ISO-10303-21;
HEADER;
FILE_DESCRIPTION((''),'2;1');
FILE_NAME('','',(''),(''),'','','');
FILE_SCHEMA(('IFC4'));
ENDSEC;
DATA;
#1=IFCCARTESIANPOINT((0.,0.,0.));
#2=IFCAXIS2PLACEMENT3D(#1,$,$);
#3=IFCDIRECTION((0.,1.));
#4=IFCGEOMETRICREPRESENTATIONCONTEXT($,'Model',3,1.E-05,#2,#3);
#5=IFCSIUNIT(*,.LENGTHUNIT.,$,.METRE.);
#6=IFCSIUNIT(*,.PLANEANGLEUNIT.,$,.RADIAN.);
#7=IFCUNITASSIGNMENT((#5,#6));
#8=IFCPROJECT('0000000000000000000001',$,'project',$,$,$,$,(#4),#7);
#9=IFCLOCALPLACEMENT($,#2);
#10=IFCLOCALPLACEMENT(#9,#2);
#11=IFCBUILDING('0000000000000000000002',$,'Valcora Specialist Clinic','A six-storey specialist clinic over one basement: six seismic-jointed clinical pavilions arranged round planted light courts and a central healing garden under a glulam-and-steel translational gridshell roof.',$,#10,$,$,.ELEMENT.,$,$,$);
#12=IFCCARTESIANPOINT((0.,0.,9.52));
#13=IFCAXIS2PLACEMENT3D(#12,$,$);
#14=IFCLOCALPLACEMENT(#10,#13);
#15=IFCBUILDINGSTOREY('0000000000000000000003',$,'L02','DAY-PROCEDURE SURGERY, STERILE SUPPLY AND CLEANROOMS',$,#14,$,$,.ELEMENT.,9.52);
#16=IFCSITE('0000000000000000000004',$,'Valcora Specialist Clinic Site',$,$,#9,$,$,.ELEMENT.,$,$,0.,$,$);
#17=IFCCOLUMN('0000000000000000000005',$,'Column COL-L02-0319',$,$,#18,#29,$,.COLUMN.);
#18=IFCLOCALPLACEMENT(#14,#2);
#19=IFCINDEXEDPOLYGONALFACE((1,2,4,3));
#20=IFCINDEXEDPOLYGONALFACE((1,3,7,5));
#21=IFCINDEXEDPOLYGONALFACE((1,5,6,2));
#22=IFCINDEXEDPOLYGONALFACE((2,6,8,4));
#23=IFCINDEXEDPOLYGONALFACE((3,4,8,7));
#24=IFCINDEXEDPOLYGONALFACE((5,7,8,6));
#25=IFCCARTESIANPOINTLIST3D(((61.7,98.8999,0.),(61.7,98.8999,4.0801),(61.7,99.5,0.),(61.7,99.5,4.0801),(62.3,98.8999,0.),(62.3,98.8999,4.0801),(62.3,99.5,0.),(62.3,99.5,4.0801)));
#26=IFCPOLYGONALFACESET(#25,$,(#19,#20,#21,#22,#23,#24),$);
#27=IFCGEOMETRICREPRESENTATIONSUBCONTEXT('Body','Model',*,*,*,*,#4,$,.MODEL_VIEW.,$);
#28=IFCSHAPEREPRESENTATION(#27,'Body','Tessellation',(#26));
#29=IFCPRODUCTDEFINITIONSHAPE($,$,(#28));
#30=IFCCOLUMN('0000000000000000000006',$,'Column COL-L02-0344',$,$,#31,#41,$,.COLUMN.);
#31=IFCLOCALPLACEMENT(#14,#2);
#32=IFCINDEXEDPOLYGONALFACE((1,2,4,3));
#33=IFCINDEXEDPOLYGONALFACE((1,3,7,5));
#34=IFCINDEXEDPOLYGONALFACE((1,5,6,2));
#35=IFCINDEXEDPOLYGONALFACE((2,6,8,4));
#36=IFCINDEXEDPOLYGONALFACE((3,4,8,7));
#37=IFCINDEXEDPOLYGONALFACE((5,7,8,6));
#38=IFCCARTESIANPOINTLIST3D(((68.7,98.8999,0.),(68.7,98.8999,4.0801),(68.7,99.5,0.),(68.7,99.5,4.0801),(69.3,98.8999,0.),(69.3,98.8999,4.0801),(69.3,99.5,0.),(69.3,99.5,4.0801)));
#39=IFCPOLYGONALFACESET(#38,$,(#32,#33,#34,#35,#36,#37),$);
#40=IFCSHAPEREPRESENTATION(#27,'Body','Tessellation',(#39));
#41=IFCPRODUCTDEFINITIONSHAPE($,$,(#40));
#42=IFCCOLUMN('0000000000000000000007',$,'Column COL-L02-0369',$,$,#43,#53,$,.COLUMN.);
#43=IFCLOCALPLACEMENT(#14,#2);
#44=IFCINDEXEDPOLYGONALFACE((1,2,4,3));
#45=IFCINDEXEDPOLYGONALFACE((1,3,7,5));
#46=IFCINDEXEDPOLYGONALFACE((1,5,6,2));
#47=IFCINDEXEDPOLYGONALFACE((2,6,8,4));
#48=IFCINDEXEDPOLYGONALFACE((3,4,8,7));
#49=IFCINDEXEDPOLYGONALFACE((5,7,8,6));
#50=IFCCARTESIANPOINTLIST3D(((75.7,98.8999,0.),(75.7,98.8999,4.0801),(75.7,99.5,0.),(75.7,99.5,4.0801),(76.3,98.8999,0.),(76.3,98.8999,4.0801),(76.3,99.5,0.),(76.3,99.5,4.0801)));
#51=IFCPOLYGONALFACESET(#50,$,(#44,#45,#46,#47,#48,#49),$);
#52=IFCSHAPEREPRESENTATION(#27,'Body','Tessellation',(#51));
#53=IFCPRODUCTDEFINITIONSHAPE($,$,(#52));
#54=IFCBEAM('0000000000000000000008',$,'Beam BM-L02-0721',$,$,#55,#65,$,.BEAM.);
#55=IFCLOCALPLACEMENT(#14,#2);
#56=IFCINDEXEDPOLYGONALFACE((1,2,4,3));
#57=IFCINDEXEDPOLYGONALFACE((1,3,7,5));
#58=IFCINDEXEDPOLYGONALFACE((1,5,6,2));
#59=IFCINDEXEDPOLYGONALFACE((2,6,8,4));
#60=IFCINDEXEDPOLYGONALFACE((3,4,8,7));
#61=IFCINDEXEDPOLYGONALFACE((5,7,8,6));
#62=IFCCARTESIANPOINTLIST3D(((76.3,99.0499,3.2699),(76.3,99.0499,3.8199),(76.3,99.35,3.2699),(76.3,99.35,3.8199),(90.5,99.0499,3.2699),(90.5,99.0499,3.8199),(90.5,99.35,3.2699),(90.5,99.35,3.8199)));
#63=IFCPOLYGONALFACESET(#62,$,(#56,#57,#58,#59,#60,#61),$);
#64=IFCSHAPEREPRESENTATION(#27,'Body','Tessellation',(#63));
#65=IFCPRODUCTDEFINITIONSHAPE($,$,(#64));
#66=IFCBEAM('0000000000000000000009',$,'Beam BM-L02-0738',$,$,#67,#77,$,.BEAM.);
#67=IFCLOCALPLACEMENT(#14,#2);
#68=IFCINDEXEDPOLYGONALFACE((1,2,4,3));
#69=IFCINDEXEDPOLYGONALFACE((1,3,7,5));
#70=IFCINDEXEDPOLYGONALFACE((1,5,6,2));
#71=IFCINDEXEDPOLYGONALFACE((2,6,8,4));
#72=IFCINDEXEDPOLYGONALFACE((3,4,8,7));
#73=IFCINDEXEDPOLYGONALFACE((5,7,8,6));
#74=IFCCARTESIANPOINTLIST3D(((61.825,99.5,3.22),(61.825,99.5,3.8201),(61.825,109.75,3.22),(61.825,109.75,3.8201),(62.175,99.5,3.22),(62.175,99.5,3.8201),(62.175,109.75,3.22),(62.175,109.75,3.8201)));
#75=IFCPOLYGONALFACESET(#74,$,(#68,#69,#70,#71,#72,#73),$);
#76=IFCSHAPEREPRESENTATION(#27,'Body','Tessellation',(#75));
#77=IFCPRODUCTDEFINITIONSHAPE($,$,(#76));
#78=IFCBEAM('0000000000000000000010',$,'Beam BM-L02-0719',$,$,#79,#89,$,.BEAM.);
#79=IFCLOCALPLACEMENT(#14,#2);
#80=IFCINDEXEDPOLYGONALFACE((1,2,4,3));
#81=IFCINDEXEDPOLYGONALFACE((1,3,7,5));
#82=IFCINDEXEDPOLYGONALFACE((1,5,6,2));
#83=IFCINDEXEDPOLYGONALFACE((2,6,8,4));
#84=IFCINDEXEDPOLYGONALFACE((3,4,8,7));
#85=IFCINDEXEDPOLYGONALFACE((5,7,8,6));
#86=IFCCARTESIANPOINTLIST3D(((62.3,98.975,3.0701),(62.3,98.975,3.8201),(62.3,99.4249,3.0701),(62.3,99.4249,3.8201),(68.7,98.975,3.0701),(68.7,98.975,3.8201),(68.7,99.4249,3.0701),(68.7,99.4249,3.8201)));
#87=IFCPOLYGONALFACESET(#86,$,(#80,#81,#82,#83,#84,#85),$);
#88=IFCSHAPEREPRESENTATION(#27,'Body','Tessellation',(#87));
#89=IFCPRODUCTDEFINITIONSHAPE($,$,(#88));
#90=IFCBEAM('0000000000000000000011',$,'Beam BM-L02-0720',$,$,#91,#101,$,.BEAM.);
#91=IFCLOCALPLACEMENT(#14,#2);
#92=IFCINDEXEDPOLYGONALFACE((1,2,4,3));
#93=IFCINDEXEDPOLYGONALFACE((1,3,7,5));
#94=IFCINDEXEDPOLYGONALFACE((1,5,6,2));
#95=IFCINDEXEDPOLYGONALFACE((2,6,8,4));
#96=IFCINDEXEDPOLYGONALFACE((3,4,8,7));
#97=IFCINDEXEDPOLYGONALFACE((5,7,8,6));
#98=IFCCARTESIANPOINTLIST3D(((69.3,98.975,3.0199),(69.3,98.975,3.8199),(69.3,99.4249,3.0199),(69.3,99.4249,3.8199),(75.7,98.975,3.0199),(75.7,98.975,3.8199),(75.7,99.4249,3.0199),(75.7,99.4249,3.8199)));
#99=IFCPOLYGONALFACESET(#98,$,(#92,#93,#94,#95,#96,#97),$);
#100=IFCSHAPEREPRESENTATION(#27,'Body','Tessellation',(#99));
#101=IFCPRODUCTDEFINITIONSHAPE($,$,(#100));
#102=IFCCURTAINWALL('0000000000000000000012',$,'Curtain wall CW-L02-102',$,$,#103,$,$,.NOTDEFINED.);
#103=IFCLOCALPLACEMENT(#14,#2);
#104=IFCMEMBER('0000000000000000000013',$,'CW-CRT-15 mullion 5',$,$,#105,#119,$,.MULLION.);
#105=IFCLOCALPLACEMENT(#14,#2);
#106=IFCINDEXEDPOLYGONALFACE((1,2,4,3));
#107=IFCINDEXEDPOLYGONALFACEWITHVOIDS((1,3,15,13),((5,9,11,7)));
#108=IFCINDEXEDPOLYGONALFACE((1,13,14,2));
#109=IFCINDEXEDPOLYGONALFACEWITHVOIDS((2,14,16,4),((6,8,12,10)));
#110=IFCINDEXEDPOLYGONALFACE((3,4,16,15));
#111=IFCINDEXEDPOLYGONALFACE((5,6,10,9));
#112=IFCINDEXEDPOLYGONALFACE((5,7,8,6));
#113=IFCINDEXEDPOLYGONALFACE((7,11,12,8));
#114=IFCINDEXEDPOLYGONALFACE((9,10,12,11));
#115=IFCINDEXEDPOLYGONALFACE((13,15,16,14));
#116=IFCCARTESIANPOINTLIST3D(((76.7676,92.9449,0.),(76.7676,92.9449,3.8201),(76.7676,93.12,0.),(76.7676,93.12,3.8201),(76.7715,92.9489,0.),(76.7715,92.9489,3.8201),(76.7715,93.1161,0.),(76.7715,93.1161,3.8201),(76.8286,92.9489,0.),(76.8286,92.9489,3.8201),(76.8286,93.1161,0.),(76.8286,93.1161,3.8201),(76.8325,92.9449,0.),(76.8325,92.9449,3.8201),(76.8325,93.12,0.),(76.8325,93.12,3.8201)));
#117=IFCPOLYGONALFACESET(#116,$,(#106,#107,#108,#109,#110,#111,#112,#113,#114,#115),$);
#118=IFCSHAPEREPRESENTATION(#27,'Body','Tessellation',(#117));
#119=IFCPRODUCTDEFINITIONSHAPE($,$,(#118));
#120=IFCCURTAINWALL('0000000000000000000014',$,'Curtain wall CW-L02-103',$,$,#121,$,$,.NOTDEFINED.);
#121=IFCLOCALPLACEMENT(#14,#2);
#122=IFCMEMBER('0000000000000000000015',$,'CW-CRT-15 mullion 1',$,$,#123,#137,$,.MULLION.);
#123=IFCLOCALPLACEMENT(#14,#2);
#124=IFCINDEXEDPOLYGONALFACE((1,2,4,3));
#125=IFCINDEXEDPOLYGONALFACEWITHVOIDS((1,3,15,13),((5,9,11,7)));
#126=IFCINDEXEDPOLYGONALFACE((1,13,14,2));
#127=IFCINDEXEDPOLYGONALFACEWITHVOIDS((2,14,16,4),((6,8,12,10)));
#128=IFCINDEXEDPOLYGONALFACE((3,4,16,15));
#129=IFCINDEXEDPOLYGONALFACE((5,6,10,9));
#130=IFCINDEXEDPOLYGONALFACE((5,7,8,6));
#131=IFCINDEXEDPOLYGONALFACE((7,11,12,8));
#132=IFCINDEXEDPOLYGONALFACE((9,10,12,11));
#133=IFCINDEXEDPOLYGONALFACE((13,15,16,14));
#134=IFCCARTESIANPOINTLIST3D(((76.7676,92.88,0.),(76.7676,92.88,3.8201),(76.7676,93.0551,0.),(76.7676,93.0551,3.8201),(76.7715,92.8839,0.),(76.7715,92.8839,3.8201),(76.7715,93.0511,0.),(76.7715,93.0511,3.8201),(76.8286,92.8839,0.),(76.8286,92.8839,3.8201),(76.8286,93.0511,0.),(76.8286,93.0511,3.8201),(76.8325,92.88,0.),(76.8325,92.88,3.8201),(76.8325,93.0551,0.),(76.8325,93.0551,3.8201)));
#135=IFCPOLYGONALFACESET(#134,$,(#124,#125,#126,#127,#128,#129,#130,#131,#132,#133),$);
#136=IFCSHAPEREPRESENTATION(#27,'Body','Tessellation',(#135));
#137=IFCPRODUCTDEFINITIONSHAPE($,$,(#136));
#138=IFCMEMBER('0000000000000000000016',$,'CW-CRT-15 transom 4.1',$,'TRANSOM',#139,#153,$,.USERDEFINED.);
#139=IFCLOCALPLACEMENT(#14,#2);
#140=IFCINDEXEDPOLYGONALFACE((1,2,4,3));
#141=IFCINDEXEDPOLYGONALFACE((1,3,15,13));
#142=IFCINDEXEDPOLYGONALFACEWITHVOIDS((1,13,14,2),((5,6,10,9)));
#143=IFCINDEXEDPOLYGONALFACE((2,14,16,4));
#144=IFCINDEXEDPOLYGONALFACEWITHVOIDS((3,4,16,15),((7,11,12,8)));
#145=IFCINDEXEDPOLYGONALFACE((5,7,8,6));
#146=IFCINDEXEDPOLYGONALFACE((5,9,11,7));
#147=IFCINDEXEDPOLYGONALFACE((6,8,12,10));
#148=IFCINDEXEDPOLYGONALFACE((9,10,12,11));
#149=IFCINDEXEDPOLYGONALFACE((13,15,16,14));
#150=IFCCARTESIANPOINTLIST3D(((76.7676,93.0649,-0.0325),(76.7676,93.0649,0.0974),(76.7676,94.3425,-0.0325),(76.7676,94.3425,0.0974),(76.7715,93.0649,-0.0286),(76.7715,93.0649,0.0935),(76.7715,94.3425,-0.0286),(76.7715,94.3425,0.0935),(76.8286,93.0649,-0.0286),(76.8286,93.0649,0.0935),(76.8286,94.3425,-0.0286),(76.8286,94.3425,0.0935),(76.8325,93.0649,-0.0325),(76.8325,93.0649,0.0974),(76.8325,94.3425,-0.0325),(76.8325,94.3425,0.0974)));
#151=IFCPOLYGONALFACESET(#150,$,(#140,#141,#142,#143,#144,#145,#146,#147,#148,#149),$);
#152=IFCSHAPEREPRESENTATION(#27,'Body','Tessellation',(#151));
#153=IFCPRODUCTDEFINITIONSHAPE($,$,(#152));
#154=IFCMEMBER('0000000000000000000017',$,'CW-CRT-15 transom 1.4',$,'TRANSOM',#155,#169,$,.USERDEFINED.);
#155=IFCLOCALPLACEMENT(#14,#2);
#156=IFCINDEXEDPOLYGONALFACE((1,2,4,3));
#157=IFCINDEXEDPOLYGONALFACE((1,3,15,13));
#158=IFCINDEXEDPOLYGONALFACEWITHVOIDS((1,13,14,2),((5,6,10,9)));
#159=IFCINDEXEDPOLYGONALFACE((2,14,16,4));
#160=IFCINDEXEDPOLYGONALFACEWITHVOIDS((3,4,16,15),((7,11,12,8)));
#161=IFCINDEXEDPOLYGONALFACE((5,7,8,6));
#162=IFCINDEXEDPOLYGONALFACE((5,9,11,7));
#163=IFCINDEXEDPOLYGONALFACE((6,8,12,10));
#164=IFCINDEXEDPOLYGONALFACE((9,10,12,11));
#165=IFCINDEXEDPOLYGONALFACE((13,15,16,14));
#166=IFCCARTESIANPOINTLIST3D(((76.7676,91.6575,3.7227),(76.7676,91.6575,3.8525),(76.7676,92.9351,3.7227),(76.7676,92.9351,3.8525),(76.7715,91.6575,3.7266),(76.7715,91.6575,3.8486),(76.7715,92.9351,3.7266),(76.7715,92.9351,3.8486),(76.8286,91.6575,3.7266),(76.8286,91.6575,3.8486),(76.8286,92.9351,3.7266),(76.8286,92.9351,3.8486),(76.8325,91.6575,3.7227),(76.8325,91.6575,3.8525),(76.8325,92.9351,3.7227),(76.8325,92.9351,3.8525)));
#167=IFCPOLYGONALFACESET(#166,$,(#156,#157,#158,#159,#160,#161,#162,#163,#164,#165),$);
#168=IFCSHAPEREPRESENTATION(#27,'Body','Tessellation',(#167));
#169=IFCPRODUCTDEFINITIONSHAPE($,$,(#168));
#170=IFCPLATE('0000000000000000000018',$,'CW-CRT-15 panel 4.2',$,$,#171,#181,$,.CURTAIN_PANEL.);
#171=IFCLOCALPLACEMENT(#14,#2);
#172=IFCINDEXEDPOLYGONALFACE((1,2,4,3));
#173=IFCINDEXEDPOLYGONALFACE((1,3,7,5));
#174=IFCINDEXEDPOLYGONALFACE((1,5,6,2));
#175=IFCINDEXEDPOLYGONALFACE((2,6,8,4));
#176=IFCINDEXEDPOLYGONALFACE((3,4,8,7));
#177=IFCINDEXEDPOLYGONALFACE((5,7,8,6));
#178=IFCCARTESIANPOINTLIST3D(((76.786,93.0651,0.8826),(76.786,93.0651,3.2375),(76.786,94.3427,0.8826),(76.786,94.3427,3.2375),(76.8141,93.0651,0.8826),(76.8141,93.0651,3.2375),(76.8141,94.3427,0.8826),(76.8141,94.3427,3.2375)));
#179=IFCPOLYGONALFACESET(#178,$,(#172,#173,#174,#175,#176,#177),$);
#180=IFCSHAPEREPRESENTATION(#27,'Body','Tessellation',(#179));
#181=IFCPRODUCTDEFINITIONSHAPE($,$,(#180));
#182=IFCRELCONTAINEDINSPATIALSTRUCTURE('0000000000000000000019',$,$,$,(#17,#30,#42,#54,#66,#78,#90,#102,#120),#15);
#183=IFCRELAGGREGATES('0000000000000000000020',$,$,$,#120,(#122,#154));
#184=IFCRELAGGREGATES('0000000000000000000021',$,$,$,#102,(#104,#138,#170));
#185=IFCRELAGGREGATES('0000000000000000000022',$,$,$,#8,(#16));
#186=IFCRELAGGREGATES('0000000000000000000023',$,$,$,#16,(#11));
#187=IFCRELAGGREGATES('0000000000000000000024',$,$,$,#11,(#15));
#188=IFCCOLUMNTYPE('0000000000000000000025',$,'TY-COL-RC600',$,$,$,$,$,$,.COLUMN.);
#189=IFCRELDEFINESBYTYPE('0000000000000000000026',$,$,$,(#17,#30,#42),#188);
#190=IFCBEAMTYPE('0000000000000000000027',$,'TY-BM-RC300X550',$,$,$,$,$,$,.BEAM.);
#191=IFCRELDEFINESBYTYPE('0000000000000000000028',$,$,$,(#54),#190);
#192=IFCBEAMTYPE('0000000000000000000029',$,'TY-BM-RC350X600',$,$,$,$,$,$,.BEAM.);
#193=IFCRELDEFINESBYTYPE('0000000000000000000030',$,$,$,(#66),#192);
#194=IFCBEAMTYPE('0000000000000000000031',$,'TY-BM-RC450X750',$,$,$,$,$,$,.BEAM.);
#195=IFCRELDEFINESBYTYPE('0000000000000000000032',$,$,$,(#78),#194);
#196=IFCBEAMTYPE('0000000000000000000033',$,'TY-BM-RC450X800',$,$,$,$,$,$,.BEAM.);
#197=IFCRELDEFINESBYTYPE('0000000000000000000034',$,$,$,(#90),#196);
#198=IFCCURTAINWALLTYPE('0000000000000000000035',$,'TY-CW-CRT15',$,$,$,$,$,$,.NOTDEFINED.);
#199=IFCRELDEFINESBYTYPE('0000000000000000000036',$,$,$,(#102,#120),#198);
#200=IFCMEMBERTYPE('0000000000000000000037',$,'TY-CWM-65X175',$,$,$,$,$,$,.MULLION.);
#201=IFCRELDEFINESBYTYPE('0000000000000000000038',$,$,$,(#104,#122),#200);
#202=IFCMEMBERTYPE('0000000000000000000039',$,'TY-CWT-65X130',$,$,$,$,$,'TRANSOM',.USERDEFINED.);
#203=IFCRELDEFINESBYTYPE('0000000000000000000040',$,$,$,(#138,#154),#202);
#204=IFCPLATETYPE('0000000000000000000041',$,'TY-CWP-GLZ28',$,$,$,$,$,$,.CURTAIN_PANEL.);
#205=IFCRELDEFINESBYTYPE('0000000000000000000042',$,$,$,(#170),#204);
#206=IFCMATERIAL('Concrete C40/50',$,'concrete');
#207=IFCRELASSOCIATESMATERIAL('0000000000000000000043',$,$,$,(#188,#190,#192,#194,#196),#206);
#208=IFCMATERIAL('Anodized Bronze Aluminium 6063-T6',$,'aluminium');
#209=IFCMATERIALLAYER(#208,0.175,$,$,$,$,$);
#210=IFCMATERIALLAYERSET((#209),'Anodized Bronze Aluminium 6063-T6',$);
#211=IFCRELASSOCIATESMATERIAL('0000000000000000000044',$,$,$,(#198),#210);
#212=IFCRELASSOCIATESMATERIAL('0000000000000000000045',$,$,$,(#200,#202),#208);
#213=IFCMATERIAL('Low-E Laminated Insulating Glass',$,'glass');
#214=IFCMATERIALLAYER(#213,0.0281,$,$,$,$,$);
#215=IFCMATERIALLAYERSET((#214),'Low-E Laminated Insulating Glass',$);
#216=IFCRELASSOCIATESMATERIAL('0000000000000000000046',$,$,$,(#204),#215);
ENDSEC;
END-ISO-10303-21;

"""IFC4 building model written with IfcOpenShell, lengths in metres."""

from ifc_helpers import new_model, si_unit, direction, frame, origin, origin_2d, place, context, subcontext, project, spatial, rectangle, hollow_rectangle, extrude, material, layer, layer_set, material_profile, profile_set, type_object, element, aggregate, save


model = new_model("IFC4")

# Units and contexts
model_context = context("Model", 3, precision=1e-05, world=origin(), true_north=direction((0.0, 1.0)))
body_context = subcontext(model_context, "Body", "Model", "MODEL_VIEW")
ifc_project = project(units=[si_unit("LENGTHUNIT", "METRE"), si_unit("PLANEANGLEUNIT", "RADIAN")], contexts=[model_context])

# Site, building, storey
site_placement = place(None, origin())
site = spatial("IfcSite", under=ifc_project, at=site_placement, Name="Valcora Specialist Clinic Site", CompositionType="ELEMENT", RefElevation=0.0)
building_placement = place(site_placement, origin())
building = spatial("IfcBuilding", under=site, at=building_placement, Name="Valcora Specialist Clinic", Description="A six-storey specialist clinic over one basement: six seismic-jointed clinical pavilions arranged round planted light courts and a central healing garden under a glulam-and-steel translational gridshell roof.", CompositionType="ELEMENT")
storey_placement = place(building_placement, frame((0.0, 0.0, 9.52)))
storey = spatial("IfcBuildingStorey", under=building, at=storey_placement, Name="L02", Description="DAY-PROCEDURE SURGERY, STERILE SUPPLY AND CLEANROOMS", CompositionType="ELEMENT", Elevation=9.52)

# Columns
ifc_material_1 = material(Name="Concrete C40/50", Category="concrete")
ifc_material_profile_1 = material_profile(ifc_material_1, rectangle(XDim=0.6001, YDim=0.6001, at=origin_2d()), Name="RC-COL-600X600")
ifc_profile_set_1 = profile_set([ifc_material_profile_1], Name="Concrete C40/50")
column_type = type_object("IfcColumnType", Name="TY-COL-RC600", PredefinedType="COLUMN", material=ifc_profile_set_1)
for number, where, z_axis, x_axis, name in (
    (1, (62.0, 99.2, 0.0), (0.0, 0.0, 1.0), (1.0, 0.0, 0.0), "Column COL-L02-0319"),
    (2, (69.0, 99.2, 0.0), (0.0, 0.0, 1.0), (1.0, 0.0, 0.0), "Column COL-L02-0344"),
    (3, (76.0, 99.2, 0.0), (0.0, 0.0, 1.0), (1.0, 0.0, 0.0), "Column COL-L02-0369"),
):
    element("IfcColumn", number, at=place(storey_placement, frame(where, z_axis=z_axis, x_axis=x_axis)), inside=storey, type_object=column_type, Name=name, PredefinedType="COLUMN", context=body_context, shape_type="SweptSolid", body=[
        extrude(rectangle(XDim=0.6001, YDim=0.6001, at=origin_2d()), origin(), (0.0, 0.0, 1.0), 4.0801),
    ])

# Beams
ifc_material_profile_2 = material_profile(ifc_material_1, rectangle(XDim=0.3, YDim=0.55, at=origin_2d()), Name="RC-BM-300X550")
ifc_profile_set_2 = profile_set([ifc_material_profile_2], Name="Concrete C40/50")
beam_type_1 = type_object("IfcBeamType", Name="TY-BM-RC300X550", PredefinedType="BEAM", material=ifc_profile_set_2)
beam_1_placement = place(storey_placement, frame((76.3, 99.2, 3.5449), z_axis=(1.0, 0.0, 0.0), x_axis=(0.0, 1.0, 0.0)))
element("IfcBeam", 4, at=beam_1_placement, inside=storey, type_object=beam_type_1, Name="Beam BM-L02-0721", PredefinedType="BEAM", context=body_context, shape_type="SweptSolid", body=[
    extrude(rectangle(XDim=0.3, YDim=0.55, at=origin_2d()), origin(), (0.0, 0.0, 1.0), 14.2),
])
ifc_material_profile_3 = material_profile(ifc_material_1, rectangle(XDim=0.3501, YDim=0.6001, at=origin_2d()), Name="RC-BM-350X600")
ifc_profile_set_3 = profile_set([ifc_material_profile_3], Name="Concrete C40/50")
beam_type_2 = type_object("IfcBeamType", Name="TY-BM-RC350X600", PredefinedType="BEAM", material=ifc_profile_set_3)
beam_2_placement = place(storey_placement, frame((62.0, 99.5, 3.52), z_axis=(0.0, 1.0, 0.0), x_axis=(-1.0, 0.0, 0.0)))
element("IfcBeam", 5, at=beam_2_placement, inside=storey, type_object=beam_type_2, Name="Beam BM-L02-0738", PredefinedType="BEAM", context=body_context, shape_type="SweptSolid", body=[
    extrude(rectangle(XDim=0.3501, YDim=0.6001, at=origin_2d()), origin(), (0.0, 0.0, 1.0), 10.25),
])
ifc_material_profile_4 = material_profile(ifc_material_1, rectangle(XDim=0.45, YDim=0.75, at=origin_2d()), Name="RC-BM-450X750")
ifc_profile_set_4 = profile_set([ifc_material_profile_4], Name="Concrete C40/50")
beam_type_3 = type_object("IfcBeamType", Name="TY-BM-RC450X750", PredefinedType="BEAM", material=ifc_profile_set_4)
beam_3_placement = place(storey_placement, frame((62.3, 99.2, 3.4451), z_axis=(1.0, 0.0, 0.0), x_axis=(0.0, 1.0, 0.0)))
element("IfcBeam", 6, at=beam_3_placement, inside=storey, type_object=beam_type_3, Name="Beam BM-L02-0719", PredefinedType="BEAM", context=body_context, shape_type="SweptSolid", body=[
    extrude(rectangle(XDim=0.45, YDim=0.75, at=origin_2d()), origin(), (0.0, 0.0, 1.0), 6.3999),
])
ifc_material_profile_5 = material_profile(ifc_material_1, rectangle(XDim=0.45, YDim=0.8, at=origin_2d()), Name="RC-BM-450X800")
ifc_profile_set_5 = profile_set([ifc_material_profile_5], Name="Concrete C40/50")
beam_type_4 = type_object("IfcBeamType", Name="TY-BM-RC450X800", PredefinedType="BEAM", material=ifc_profile_set_5)
beam_4_placement = place(storey_placement, frame((69.3, 99.2, 3.4199), z_axis=(1.0, 0.0, 0.0), x_axis=(0.0, 1.0, 0.0)))
element("IfcBeam", 7, at=beam_4_placement, inside=storey, type_object=beam_type_4, Name="Beam BM-L02-0720", PredefinedType="BEAM", context=body_context, shape_type="SweptSolid", body=[
    extrude(rectangle(XDim=0.45, YDim=0.8, at=origin_2d()), origin(), (0.0, 0.0, 1.0), 6.3999),
])

# Curtain walls, members
ifc_material_2 = material(Name="Anodized Bronze Aluminium 6063-T6", Category="aluminium")
ifc_layer_1 = layer(ifc_material_2, 0.175)
ifc_layer_set_1 = layer_set([ifc_layer_1], Name="Anodized Bronze Aluminium 6063-T6")
curtain_wall_type = type_object("IfcCurtainWallType", Name="TY-CW-CRT15", PredefinedType="NOTDEFINED", material=ifc_layer_set_1)
curtain_wall_1_placement = place(storey_placement, origin())
curtain_wall_1 = element("IfcCurtainWall", 8, at=curtain_wall_1_placement, inside=storey, type_object=curtain_wall_type, Name="Curtain wall CW-L02-102", PredefinedType="NOTDEFINED")
ifc_material_profile_6 = material_profile(ifc_material_2, hollow_rectangle(XDim=0.0649, YDim=0.175, WallThickness=0.0039, at=origin_2d()), Name="AL-MUL-65X175")
ifc_profile_set_6 = profile_set([ifc_material_profile_6], Name="Anodized Bronze Aluminium 6063-T6")
member_type_1 = type_object("IfcMemberType", Name="TY-CWM-65X175", PredefinedType="MULLION", material=ifc_profile_set_6)
member_1_placement = place(storey_placement, frame((76.8, 93.0325, 0.0), z_axis=(0.0, 0.0, 1.0), x_axis=(1.0, 0.0, 0.0)))
member_1 = element("IfcMember", 9, at=member_1_placement, type_object=member_type_1, Name="CW-CRT-15 mullion 5", PredefinedType="MULLION", context=body_context, shape_type="SweptSolid", body=[
    extrude(hollow_rectangle(XDim=0.0649, YDim=0.175, WallThickness=0.0039, at=origin_2d()), origin(), (0.0, 0.0, 1.0), 3.8201),
])
curtain_wall_2_placement = place(storey_placement, origin())
curtain_wall_2 = element("IfcCurtainWall", 10, at=curtain_wall_2_placement, inside=storey, type_object=curtain_wall_type, Name="Curtain wall CW-L02-103", PredefinedType="NOTDEFINED")
member_2_placement = place(storey_placement, frame((76.8, 92.9675, 0.0), z_axis=(0.0, 0.0, 1.0), x_axis=(1.0, 0.0, 0.0)))
member_2 = element("IfcMember", 11, at=member_2_placement, type_object=member_type_1, Name="CW-CRT-15 mullion 1", PredefinedType="MULLION", context=body_context, shape_type="SweptSolid", body=[
    extrude(hollow_rectangle(XDim=0.0649, YDim=0.175, WallThickness=0.0039, at=origin_2d()), origin(), (0.0, 0.0, 1.0), 3.8201),
])

# Members
ifc_material_profile_7 = material_profile(ifc_material_2, hollow_rectangle(XDim=0.0649, YDim=0.1299, WallThickness=0.0039, at=origin_2d()), Name="AL-TRN-65X130")
ifc_profile_set_7 = profile_set([ifc_material_profile_7], Name="Anodized Bronze Aluminium 6063-T6")
member_type_2 = type_object("IfcMemberType", Name="TY-CWT-65X130", ElementType="TRANSOM", PredefinedType="USERDEFINED", material=ifc_profile_set_7)
member_3_placement = place(storey_placement, frame((76.8, 94.3425, 0.0325), z_axis=(0.0, -1.0, 0.0), x_axis=(1.0, 0.0, 0.0)))
member_3 = element("IfcMember", 12, at=member_3_placement, type_object=member_type_2, Name="CW-CRT-15 transom 4.1", ObjectType="TRANSOM", PredefinedType="USERDEFINED", context=body_context, shape_type="SweptSolid", body=[
    extrude(hollow_rectangle(XDim=0.0649, YDim=0.1299, WallThickness=0.0039, at=origin_2d()), origin(), (0.0, 0.0, 1.0), 1.2776),
])
member_4_placement = place(storey_placement, frame((76.8, 92.9351, 3.7876), z_axis=(0.0, -1.0, 0.0), x_axis=(1.0, 0.0, 0.0)))
member_4 = element("IfcMember", 13, at=member_4_placement, type_object=member_type_2, Name="CW-CRT-15 transom 1.4", ObjectType="TRANSOM", PredefinedType="USERDEFINED", context=body_context, shape_type="SweptSolid", body=[
    extrude(hollow_rectangle(XDim=0.0649, YDim=0.1299, WallThickness=0.0039, at=origin_2d()), origin(), (0.0, 0.0, 1.0), 1.2776),
])
aggregate(curtain_wall_2, [member_2, member_4])

# Plate
ifc_material_3 = material(Name="Low-E Laminated Insulating Glass", Category="glass")
ifc_layer_2 = layer(ifc_material_3, 0.0281)
ifc_layer_set_2 = layer_set([ifc_layer_2], Name="Low-E Laminated Insulating Glass")
plate_type_1 = type_object("IfcPlateType", Name="TY-CWP-GLZ28", PredefinedType="CURTAIN_PANEL", material=ifc_layer_set_2)
plate_1_placement = place(storey_placement, frame((76.8, 93.7039, 0.8826), z_axis=(0.0, 0.0, 1.0), x_axis=(0.0, -1.0, 0.0)))
plate_1 = element("IfcPlate", 14, at=plate_1_placement, type_object=plate_type_1, Name="CW-CRT-15 panel 4.2", PredefinedType="CURTAIN_PANEL", context=body_context, shape_type="SweptSolid", body=[
    extrude(rectangle(XDim=1.2776, YDim=0.0281, at=origin_2d()), origin(), (0.0, 0.0, 1.0), 2.355),
])
aggregate(curtain_wall_1, [member_1, member_3, plate_1])

save(model, "model.ifc")
